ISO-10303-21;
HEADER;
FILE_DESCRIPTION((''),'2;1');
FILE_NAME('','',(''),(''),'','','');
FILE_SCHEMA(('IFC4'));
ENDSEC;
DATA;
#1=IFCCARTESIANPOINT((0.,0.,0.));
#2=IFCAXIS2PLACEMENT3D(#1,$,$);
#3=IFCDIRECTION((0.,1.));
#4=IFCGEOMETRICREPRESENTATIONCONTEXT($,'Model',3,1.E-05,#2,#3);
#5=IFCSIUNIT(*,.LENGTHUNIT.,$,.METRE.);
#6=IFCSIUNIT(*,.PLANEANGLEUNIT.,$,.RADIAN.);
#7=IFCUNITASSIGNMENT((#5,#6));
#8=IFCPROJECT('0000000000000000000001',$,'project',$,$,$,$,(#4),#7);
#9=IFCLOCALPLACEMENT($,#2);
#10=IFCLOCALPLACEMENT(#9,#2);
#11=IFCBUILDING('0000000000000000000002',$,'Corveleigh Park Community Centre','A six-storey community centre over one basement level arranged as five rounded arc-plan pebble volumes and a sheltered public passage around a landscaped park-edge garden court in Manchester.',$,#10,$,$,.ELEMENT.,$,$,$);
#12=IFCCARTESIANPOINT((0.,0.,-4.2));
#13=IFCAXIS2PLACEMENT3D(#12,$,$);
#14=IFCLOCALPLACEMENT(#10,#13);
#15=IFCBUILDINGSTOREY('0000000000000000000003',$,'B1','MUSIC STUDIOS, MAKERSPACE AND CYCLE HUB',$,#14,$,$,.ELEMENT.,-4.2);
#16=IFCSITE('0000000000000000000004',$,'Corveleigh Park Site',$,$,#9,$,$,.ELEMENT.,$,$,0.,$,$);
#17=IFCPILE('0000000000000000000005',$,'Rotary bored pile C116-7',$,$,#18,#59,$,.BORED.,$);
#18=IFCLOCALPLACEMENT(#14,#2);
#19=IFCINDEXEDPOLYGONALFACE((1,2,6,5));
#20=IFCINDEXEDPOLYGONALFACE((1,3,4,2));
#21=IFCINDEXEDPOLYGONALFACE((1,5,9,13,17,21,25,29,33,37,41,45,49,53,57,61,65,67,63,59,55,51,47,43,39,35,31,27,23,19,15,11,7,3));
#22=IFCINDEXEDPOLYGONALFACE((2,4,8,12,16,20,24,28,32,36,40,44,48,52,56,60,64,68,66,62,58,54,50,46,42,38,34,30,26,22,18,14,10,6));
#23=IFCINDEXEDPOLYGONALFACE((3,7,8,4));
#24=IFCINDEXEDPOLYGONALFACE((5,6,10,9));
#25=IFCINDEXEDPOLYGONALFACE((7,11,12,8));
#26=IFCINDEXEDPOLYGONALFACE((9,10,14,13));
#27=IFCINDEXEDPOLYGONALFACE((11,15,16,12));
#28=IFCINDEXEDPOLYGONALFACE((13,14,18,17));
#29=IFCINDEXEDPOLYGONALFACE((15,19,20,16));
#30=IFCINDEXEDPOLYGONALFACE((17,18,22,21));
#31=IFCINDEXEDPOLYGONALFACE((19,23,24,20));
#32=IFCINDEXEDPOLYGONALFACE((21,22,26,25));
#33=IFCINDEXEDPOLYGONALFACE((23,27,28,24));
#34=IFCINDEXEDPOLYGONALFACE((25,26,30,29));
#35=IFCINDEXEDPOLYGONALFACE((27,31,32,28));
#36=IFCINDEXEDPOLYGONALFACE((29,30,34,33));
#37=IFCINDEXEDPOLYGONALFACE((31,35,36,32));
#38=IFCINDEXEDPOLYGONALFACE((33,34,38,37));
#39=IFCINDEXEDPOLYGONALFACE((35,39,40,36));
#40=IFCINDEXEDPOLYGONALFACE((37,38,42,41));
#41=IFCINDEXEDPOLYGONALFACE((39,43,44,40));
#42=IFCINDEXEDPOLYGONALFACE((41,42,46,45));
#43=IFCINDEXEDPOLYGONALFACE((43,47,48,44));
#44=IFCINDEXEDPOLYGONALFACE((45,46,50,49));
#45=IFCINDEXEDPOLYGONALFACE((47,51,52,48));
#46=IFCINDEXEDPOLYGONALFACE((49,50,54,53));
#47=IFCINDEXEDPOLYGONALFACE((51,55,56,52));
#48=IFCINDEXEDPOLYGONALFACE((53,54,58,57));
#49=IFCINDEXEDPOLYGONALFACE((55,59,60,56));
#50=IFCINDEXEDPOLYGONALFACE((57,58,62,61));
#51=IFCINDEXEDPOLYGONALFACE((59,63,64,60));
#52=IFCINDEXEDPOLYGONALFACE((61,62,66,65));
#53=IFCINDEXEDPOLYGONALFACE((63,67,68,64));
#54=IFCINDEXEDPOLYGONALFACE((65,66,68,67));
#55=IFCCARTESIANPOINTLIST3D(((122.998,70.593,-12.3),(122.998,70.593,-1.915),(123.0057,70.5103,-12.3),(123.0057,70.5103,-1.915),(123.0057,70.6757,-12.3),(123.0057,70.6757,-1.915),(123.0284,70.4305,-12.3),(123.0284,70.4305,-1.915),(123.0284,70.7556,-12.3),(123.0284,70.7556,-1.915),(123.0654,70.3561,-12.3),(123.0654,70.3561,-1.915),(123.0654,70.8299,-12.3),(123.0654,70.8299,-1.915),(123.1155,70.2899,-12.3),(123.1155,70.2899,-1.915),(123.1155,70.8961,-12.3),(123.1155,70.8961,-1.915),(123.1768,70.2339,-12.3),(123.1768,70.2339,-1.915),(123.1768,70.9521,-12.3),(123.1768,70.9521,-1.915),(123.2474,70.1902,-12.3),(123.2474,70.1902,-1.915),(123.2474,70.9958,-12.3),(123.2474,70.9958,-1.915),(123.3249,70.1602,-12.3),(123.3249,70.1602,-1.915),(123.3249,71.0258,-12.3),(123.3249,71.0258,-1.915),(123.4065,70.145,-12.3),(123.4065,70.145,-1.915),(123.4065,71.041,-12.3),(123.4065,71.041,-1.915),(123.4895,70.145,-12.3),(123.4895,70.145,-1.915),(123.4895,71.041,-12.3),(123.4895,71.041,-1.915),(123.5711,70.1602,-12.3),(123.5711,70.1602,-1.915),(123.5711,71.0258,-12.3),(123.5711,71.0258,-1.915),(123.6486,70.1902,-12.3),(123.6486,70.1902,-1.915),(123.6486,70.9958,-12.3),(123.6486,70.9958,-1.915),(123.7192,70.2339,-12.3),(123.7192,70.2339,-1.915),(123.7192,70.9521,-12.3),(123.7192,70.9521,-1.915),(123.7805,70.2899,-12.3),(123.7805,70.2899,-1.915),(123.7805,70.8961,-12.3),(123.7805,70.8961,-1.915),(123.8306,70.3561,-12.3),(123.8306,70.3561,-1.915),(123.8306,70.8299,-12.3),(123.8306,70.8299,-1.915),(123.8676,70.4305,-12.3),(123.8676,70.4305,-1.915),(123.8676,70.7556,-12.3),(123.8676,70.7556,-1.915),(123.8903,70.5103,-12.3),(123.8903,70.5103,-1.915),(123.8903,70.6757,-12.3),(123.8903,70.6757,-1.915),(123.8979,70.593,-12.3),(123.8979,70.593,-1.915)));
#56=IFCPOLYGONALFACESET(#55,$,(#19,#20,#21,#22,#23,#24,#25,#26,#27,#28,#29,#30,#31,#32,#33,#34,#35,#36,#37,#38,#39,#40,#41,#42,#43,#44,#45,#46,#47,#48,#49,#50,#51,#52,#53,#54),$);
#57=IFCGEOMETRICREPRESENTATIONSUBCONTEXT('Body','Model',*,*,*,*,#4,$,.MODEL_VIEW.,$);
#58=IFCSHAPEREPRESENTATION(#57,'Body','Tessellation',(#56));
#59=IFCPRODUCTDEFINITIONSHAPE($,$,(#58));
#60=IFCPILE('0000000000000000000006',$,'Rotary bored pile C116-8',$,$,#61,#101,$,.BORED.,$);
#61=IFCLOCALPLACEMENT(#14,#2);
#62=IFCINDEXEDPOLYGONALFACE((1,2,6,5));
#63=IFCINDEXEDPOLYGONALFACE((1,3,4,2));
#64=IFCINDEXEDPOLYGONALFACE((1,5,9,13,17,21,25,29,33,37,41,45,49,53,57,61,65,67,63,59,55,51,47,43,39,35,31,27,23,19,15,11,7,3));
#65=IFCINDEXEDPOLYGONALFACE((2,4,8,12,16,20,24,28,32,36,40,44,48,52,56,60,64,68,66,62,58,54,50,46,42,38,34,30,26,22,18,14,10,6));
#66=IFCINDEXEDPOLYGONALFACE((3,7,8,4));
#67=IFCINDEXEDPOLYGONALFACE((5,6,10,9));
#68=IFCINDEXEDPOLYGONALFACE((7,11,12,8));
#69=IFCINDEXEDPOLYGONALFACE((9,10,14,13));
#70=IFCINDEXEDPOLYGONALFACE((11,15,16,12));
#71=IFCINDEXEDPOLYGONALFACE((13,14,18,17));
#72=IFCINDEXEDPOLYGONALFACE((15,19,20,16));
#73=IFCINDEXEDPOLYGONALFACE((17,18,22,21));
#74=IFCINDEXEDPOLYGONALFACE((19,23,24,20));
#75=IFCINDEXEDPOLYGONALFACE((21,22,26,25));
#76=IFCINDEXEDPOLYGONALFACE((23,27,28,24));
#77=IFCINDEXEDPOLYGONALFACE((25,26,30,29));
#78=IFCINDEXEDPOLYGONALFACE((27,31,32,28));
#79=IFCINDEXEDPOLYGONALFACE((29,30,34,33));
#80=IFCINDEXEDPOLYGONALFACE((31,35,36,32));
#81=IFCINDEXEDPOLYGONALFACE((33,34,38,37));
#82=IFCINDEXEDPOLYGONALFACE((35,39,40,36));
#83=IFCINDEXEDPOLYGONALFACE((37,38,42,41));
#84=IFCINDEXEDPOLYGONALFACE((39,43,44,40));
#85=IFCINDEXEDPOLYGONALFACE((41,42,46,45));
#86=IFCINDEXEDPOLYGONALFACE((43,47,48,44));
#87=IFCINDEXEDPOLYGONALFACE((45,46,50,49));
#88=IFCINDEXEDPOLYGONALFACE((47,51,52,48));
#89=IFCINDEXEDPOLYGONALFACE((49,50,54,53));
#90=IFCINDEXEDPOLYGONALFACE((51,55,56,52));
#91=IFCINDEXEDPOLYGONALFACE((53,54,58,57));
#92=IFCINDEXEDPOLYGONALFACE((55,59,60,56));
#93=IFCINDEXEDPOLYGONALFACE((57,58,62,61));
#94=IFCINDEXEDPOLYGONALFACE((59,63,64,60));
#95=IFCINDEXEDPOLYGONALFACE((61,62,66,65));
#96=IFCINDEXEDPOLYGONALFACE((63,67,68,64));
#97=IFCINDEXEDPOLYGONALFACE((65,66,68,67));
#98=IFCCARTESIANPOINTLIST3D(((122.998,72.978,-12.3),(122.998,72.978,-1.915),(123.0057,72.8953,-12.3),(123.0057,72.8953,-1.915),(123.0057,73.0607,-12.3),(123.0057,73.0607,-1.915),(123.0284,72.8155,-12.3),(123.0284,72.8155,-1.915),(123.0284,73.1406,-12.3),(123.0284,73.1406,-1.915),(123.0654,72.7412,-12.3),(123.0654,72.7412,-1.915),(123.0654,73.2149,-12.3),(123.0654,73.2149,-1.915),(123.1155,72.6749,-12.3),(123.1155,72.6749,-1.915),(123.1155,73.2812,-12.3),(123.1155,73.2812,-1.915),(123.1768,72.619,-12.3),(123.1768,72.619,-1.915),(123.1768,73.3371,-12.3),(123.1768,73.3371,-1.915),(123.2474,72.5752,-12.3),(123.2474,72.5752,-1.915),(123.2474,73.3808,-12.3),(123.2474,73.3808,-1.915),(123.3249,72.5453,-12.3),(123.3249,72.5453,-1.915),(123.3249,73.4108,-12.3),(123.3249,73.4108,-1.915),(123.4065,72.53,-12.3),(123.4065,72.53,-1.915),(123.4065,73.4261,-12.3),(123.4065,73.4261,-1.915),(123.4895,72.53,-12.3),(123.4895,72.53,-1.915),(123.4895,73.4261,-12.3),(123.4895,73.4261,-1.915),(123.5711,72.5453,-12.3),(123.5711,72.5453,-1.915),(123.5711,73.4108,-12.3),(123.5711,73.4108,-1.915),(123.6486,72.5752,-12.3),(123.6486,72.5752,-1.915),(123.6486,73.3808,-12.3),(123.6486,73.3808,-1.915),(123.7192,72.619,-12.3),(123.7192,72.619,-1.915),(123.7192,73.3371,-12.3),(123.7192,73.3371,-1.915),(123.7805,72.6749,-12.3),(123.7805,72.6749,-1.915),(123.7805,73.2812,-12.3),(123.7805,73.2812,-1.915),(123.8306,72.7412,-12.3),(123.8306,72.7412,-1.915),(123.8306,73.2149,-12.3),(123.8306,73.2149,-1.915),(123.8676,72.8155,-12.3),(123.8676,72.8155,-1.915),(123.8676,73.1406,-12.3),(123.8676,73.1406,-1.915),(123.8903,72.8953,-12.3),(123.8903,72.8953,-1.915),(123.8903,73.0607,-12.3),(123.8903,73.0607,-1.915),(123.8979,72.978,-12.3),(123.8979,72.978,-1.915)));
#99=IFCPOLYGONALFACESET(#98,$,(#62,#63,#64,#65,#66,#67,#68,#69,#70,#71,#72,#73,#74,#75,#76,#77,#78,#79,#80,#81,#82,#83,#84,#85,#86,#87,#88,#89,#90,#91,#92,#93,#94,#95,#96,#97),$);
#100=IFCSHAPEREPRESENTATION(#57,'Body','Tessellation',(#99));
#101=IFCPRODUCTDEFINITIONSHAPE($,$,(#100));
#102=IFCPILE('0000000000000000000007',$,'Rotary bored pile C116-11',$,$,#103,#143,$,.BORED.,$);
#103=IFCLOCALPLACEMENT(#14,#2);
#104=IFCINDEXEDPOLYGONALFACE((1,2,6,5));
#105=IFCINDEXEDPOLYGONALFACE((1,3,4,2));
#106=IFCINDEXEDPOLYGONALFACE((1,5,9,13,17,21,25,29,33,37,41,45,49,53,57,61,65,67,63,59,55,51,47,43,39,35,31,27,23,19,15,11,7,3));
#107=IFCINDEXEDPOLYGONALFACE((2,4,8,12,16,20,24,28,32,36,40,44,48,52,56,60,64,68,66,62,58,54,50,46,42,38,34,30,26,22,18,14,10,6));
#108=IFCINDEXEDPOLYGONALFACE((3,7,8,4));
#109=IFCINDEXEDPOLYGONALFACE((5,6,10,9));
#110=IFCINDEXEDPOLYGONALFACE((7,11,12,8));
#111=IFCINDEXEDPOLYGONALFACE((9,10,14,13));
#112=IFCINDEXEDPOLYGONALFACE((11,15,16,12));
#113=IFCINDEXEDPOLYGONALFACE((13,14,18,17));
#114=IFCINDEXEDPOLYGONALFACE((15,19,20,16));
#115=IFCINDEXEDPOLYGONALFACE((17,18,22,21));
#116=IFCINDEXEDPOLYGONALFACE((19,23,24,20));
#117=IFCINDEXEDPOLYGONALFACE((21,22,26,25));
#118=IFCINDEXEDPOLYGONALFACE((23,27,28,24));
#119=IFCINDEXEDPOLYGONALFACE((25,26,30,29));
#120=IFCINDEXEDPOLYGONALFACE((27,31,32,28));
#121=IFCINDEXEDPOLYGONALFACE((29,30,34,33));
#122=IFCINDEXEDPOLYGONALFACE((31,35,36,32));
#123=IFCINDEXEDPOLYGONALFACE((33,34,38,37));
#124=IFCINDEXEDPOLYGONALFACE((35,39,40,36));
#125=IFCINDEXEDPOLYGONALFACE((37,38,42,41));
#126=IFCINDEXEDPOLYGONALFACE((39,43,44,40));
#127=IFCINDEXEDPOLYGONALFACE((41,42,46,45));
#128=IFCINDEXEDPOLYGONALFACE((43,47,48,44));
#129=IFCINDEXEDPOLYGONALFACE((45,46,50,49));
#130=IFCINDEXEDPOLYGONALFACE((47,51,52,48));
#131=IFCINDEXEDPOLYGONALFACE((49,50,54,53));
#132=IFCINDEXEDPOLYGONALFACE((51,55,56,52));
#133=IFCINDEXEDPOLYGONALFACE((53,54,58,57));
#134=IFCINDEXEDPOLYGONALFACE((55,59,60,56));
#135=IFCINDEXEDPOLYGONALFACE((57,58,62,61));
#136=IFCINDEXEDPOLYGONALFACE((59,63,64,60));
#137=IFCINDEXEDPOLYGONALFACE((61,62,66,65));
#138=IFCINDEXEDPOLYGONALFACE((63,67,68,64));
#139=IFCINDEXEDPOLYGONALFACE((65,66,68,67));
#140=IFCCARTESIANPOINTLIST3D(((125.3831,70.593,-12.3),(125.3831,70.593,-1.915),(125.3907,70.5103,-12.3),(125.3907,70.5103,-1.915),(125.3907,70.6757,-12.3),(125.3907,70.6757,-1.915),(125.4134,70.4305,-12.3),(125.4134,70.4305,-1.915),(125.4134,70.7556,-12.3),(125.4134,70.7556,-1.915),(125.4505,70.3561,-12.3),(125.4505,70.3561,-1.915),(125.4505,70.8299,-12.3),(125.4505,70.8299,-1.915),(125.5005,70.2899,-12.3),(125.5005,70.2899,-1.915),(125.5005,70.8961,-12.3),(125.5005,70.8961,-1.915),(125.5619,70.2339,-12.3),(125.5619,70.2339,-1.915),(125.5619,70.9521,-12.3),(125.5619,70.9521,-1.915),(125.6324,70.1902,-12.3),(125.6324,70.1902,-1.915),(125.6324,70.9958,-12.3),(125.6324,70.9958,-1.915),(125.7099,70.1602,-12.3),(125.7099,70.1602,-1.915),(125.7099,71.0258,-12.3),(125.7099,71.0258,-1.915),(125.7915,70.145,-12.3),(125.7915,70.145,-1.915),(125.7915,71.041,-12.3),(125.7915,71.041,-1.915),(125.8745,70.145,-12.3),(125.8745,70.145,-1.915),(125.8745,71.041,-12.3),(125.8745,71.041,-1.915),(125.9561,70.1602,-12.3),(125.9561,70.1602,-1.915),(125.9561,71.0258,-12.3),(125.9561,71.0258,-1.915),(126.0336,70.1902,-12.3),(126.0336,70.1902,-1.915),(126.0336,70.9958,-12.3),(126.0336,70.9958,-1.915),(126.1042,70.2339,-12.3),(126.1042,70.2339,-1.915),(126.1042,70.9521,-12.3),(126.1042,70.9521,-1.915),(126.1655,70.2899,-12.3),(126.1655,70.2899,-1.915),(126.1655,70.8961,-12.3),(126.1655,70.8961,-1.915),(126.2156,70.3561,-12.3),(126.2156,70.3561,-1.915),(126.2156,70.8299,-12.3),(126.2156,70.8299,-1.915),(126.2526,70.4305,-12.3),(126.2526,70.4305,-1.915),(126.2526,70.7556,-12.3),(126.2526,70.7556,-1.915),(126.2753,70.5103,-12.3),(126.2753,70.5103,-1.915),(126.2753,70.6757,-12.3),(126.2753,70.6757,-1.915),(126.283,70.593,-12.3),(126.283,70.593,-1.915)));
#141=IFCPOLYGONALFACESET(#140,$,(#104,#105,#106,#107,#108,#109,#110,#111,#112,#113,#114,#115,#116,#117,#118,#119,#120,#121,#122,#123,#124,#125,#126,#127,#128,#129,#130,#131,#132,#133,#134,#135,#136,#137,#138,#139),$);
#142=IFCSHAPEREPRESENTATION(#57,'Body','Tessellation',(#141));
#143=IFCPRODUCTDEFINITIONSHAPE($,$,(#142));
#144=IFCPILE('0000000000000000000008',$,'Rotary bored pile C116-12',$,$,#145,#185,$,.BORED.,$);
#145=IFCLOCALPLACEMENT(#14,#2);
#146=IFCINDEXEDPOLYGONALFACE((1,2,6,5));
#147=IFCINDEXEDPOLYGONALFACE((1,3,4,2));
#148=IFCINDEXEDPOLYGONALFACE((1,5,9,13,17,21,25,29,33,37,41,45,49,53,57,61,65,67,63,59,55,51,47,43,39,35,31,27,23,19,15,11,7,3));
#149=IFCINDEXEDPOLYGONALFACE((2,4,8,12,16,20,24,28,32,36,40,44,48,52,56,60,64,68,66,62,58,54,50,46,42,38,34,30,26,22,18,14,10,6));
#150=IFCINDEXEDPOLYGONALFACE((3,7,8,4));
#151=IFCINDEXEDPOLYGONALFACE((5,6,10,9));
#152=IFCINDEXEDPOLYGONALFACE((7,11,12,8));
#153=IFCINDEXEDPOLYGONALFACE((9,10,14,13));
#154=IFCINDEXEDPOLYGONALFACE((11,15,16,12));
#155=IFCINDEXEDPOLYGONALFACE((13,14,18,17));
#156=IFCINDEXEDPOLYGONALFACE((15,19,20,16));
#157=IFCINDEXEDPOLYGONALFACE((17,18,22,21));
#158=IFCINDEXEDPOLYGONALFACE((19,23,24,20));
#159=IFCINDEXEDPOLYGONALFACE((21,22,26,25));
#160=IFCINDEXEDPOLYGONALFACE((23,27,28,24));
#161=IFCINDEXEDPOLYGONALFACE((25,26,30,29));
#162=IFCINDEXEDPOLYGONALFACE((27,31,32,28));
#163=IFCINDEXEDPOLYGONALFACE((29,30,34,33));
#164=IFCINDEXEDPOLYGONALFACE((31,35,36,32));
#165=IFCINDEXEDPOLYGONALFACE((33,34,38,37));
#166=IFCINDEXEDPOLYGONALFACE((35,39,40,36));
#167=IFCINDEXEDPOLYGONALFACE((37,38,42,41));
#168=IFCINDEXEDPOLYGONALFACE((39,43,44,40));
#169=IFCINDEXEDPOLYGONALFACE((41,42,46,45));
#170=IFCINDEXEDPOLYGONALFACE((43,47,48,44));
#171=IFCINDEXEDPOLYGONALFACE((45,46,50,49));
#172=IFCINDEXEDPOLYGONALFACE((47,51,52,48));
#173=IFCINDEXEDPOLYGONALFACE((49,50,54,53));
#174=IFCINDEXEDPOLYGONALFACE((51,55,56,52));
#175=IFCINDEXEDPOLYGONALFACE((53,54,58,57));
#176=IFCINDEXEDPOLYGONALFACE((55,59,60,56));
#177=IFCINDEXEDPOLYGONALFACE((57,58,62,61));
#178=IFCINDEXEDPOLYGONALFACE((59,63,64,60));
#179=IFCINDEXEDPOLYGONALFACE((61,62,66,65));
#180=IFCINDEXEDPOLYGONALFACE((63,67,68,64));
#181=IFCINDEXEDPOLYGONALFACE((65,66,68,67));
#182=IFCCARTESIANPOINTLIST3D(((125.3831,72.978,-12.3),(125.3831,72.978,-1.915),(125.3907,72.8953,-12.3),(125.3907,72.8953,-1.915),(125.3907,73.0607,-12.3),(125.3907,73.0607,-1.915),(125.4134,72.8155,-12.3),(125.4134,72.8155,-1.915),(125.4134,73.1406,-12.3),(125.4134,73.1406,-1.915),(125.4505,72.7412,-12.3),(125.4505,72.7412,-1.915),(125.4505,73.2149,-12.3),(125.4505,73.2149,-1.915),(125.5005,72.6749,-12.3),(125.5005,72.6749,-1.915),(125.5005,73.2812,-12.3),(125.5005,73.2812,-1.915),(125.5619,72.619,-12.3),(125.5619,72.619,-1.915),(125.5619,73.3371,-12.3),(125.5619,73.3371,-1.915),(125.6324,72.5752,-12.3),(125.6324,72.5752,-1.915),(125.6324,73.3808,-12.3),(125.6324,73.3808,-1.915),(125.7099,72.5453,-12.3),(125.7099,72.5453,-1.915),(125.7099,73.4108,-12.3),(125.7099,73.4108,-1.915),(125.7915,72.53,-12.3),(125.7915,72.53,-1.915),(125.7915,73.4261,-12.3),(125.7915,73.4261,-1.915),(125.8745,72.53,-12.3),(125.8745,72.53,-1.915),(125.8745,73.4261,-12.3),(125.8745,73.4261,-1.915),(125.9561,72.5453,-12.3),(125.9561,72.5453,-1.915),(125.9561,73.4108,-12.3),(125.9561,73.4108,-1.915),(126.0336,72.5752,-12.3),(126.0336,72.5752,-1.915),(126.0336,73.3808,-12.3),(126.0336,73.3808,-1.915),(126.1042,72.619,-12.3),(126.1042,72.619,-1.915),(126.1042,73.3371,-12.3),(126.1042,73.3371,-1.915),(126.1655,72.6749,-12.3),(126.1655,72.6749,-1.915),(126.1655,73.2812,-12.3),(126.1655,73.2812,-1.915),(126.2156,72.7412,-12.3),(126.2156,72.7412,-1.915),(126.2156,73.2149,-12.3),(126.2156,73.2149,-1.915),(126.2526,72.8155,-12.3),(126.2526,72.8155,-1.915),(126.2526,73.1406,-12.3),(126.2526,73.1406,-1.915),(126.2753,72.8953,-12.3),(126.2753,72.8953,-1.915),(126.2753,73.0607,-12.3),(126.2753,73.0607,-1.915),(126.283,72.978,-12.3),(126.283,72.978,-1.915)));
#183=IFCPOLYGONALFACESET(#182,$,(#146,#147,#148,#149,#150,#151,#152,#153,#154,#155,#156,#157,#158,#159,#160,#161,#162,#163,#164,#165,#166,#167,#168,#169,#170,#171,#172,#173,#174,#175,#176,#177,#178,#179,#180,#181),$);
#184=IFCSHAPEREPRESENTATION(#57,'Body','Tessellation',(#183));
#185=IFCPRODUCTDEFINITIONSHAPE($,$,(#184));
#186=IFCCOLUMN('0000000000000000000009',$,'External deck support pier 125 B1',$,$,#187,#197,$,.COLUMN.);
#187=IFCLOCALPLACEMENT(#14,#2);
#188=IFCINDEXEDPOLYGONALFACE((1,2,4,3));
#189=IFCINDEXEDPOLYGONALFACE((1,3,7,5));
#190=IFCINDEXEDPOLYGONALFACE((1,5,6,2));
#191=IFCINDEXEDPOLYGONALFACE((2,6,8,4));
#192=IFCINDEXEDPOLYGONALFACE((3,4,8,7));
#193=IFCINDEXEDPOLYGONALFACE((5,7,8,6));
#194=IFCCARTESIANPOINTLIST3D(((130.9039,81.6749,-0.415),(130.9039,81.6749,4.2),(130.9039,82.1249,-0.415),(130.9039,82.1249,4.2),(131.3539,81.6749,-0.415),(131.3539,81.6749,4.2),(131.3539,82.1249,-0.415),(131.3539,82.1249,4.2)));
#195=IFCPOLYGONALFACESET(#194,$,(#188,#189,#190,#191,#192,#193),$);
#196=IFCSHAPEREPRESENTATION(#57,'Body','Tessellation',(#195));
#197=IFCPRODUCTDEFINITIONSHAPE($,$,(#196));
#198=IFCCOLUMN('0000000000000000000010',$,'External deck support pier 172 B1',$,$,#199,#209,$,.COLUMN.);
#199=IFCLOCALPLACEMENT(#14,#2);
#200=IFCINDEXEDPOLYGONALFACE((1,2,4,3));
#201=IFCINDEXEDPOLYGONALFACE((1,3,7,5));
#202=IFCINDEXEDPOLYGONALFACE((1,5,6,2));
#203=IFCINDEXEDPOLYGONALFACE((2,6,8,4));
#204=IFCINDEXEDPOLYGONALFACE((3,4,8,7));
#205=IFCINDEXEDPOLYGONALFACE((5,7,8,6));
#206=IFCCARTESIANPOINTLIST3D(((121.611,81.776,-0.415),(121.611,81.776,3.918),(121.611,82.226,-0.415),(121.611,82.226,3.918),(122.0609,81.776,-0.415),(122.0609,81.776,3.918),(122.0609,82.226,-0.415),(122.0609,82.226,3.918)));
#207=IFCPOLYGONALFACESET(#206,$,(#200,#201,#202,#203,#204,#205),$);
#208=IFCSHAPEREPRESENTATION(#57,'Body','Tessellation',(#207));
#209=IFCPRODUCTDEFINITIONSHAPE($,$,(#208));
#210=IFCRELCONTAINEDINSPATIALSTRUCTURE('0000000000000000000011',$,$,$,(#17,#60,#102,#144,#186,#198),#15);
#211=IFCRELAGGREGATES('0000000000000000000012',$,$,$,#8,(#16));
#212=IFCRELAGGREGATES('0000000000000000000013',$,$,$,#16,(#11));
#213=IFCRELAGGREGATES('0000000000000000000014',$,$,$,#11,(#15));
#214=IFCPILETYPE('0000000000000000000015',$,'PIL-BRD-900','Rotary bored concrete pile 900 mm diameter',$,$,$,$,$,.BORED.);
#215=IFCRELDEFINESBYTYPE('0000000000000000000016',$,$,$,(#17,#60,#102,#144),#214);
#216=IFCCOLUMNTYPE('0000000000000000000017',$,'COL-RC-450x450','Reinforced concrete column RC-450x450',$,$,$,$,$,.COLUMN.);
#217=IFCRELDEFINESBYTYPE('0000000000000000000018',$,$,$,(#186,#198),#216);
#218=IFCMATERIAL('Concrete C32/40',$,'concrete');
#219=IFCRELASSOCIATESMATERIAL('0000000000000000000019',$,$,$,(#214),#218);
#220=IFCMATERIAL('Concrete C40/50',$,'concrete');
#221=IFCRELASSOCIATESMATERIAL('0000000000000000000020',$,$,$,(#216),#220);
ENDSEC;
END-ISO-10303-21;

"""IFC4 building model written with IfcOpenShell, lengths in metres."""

from ifc_helpers import new_model, si_unit, direction, frame, origin, origin_2d, place, context, subcontext, project, spatial, rectangle, circle, extrude, material, material_profile, profile_set, type_object, element, save


model = new_model("IFC4")

# Units and contexts
model_context = context("Model", 3, precision=1e-05, world=origin(), true_north=direction((0.0, 1.0)))
body_context = subcontext(model_context, "Body", "Model", "MODEL_VIEW")
ifc_project = project(units=[si_unit("LENGTHUNIT", "METRE"), si_unit("PLANEANGLEUNIT", "RADIAN")], contexts=[model_context])

# Site, building, storey
site_placement = place(None, origin())
site = spatial("IfcSite", under=ifc_project, at=site_placement, Name="Corveleigh Park Site", CompositionType="ELEMENT", RefElevation=0.0)
building_placement = place(site_placement, origin())
building = spatial("IfcBuilding", under=site, at=building_placement, Name="Corveleigh Park Community Centre", Description="A six-storey community centre over one basement level arranged as five rounded arc-plan pebble volumes and a sheltered public passage around a landscaped park-edge garden court in Manchester.", CompositionType="ELEMENT")
storey_placement = place(building_placement, frame((0.0, 0.0, -4.2)))
storey = spatial("IfcBuildingStorey", under=building, at=storey_placement, Name="B1", Description="MUSIC STUDIOS, MAKERSPACE AND CYCLE HUB", CompositionType="ELEMENT", Elevation=-4.2)

# Shared definitions
ifc_material_1 = material(Name="Concrete C40/50", Category="concrete")

# Piles
ifc_material_2 = material(Name="Concrete C32/40", Category="concrete")
ifc_material_profile_1 = material_profile(ifc_material_2, circle(Radius=0.45, at=origin_2d()), Name="BORED-PILE-900", Category="concrete")
ifc_profile_set_1 = profile_set([ifc_material_profile_1], Name="Concrete C32/40")
pile_type_1 = type_object("IfcPileType", Name="PIL-BRD-900", Description="Rotary bored concrete pile 900 mm diameter", PredefinedType="BORED", material=ifc_profile_set_1)
for number, where, z_axis, x_axis, name in (
    (1, (123.448, 70.593, -1.915), (0.0, 0.0, -1.0), (1.0, 0.0, 0.0), "Rotary bored pile C116-7"),
    (2, (123.448, 72.978, -1.915), (0.0, 0.0, -1.0), (1.0, 0.0, 0.0), "Rotary bored pile C116-8"),
    (3, (125.833, 70.593, -1.915), (0.0, 0.0, -1.0), (1.0, 0.0, 0.0), "Rotary bored pile C116-11"),
    (4, (125.833, 72.978, -1.915), (0.0, 0.0, -1.0), (1.0, 0.0, 0.0), "Rotary bored pile C116-12"),
):
    element("IfcPile", number, at=place(storey_placement, frame(where, z_axis=z_axis, x_axis=x_axis)), inside=storey, type_object=pile_type_1, Name=name, PredefinedType="BORED", context=body_context, shape_type="SweptSolid", body=[
        extrude(circle(Radius=0.45, at=origin_2d()), origin(), (0.0, 0.0, 1.0), 10.385),
    ])

# Columns
ifc_material_profile_2 = material_profile(ifc_material_1, rectangle(XDim=0.45, YDim=0.45, at=origin_2d()), Name="RC-450x450", Category="concrete")
ifc_profile_set_2 = profile_set([ifc_material_profile_2], Name="Concrete C40/50")
column_type_1 = type_object("IfcColumnType", Name="COL-RC-450x450", Description="Reinforced concrete column RC-450x450", PredefinedType="COLUMN", material=ifc_profile_set_2)
column_1_placement = place(storey_placement, frame((131.1289, 81.8999, -0.415), z_axis=(0.0, 0.0, 1.0), x_axis=(1.0, 0.0, 0.0)))
element("IfcColumn", 5, at=column_1_placement, inside=storey, type_object=column_type_1, Name="External deck support pier 125 B1", PredefinedType="COLUMN", context=body_context, shape_type="SweptSolid", body=[
    extrude(rectangle(XDim=0.45, YDim=0.45, at=origin_2d()), origin(), (0.0, 0.0, 1.0), 4.615),
])
column_2_placement = place(storey_placement, frame((121.8359, 82.001, -0.415), z_axis=(0.0, 0.0, 1.0), x_axis=(1.0, 0.0, 0.0)))
element("IfcColumn", 6, at=column_2_placement, inside=storey, type_object=column_type_1, Name="External deck support pier 172 B1", PredefinedType="COLUMN", context=body_context, shape_type="SweptSolid", body=[
    extrude(rectangle(XDim=0.45, YDim=0.45, at=origin_2d()), origin(), (0.0, 0.0, 1.0), 4.333),
])

save(model, "model.ifc")
